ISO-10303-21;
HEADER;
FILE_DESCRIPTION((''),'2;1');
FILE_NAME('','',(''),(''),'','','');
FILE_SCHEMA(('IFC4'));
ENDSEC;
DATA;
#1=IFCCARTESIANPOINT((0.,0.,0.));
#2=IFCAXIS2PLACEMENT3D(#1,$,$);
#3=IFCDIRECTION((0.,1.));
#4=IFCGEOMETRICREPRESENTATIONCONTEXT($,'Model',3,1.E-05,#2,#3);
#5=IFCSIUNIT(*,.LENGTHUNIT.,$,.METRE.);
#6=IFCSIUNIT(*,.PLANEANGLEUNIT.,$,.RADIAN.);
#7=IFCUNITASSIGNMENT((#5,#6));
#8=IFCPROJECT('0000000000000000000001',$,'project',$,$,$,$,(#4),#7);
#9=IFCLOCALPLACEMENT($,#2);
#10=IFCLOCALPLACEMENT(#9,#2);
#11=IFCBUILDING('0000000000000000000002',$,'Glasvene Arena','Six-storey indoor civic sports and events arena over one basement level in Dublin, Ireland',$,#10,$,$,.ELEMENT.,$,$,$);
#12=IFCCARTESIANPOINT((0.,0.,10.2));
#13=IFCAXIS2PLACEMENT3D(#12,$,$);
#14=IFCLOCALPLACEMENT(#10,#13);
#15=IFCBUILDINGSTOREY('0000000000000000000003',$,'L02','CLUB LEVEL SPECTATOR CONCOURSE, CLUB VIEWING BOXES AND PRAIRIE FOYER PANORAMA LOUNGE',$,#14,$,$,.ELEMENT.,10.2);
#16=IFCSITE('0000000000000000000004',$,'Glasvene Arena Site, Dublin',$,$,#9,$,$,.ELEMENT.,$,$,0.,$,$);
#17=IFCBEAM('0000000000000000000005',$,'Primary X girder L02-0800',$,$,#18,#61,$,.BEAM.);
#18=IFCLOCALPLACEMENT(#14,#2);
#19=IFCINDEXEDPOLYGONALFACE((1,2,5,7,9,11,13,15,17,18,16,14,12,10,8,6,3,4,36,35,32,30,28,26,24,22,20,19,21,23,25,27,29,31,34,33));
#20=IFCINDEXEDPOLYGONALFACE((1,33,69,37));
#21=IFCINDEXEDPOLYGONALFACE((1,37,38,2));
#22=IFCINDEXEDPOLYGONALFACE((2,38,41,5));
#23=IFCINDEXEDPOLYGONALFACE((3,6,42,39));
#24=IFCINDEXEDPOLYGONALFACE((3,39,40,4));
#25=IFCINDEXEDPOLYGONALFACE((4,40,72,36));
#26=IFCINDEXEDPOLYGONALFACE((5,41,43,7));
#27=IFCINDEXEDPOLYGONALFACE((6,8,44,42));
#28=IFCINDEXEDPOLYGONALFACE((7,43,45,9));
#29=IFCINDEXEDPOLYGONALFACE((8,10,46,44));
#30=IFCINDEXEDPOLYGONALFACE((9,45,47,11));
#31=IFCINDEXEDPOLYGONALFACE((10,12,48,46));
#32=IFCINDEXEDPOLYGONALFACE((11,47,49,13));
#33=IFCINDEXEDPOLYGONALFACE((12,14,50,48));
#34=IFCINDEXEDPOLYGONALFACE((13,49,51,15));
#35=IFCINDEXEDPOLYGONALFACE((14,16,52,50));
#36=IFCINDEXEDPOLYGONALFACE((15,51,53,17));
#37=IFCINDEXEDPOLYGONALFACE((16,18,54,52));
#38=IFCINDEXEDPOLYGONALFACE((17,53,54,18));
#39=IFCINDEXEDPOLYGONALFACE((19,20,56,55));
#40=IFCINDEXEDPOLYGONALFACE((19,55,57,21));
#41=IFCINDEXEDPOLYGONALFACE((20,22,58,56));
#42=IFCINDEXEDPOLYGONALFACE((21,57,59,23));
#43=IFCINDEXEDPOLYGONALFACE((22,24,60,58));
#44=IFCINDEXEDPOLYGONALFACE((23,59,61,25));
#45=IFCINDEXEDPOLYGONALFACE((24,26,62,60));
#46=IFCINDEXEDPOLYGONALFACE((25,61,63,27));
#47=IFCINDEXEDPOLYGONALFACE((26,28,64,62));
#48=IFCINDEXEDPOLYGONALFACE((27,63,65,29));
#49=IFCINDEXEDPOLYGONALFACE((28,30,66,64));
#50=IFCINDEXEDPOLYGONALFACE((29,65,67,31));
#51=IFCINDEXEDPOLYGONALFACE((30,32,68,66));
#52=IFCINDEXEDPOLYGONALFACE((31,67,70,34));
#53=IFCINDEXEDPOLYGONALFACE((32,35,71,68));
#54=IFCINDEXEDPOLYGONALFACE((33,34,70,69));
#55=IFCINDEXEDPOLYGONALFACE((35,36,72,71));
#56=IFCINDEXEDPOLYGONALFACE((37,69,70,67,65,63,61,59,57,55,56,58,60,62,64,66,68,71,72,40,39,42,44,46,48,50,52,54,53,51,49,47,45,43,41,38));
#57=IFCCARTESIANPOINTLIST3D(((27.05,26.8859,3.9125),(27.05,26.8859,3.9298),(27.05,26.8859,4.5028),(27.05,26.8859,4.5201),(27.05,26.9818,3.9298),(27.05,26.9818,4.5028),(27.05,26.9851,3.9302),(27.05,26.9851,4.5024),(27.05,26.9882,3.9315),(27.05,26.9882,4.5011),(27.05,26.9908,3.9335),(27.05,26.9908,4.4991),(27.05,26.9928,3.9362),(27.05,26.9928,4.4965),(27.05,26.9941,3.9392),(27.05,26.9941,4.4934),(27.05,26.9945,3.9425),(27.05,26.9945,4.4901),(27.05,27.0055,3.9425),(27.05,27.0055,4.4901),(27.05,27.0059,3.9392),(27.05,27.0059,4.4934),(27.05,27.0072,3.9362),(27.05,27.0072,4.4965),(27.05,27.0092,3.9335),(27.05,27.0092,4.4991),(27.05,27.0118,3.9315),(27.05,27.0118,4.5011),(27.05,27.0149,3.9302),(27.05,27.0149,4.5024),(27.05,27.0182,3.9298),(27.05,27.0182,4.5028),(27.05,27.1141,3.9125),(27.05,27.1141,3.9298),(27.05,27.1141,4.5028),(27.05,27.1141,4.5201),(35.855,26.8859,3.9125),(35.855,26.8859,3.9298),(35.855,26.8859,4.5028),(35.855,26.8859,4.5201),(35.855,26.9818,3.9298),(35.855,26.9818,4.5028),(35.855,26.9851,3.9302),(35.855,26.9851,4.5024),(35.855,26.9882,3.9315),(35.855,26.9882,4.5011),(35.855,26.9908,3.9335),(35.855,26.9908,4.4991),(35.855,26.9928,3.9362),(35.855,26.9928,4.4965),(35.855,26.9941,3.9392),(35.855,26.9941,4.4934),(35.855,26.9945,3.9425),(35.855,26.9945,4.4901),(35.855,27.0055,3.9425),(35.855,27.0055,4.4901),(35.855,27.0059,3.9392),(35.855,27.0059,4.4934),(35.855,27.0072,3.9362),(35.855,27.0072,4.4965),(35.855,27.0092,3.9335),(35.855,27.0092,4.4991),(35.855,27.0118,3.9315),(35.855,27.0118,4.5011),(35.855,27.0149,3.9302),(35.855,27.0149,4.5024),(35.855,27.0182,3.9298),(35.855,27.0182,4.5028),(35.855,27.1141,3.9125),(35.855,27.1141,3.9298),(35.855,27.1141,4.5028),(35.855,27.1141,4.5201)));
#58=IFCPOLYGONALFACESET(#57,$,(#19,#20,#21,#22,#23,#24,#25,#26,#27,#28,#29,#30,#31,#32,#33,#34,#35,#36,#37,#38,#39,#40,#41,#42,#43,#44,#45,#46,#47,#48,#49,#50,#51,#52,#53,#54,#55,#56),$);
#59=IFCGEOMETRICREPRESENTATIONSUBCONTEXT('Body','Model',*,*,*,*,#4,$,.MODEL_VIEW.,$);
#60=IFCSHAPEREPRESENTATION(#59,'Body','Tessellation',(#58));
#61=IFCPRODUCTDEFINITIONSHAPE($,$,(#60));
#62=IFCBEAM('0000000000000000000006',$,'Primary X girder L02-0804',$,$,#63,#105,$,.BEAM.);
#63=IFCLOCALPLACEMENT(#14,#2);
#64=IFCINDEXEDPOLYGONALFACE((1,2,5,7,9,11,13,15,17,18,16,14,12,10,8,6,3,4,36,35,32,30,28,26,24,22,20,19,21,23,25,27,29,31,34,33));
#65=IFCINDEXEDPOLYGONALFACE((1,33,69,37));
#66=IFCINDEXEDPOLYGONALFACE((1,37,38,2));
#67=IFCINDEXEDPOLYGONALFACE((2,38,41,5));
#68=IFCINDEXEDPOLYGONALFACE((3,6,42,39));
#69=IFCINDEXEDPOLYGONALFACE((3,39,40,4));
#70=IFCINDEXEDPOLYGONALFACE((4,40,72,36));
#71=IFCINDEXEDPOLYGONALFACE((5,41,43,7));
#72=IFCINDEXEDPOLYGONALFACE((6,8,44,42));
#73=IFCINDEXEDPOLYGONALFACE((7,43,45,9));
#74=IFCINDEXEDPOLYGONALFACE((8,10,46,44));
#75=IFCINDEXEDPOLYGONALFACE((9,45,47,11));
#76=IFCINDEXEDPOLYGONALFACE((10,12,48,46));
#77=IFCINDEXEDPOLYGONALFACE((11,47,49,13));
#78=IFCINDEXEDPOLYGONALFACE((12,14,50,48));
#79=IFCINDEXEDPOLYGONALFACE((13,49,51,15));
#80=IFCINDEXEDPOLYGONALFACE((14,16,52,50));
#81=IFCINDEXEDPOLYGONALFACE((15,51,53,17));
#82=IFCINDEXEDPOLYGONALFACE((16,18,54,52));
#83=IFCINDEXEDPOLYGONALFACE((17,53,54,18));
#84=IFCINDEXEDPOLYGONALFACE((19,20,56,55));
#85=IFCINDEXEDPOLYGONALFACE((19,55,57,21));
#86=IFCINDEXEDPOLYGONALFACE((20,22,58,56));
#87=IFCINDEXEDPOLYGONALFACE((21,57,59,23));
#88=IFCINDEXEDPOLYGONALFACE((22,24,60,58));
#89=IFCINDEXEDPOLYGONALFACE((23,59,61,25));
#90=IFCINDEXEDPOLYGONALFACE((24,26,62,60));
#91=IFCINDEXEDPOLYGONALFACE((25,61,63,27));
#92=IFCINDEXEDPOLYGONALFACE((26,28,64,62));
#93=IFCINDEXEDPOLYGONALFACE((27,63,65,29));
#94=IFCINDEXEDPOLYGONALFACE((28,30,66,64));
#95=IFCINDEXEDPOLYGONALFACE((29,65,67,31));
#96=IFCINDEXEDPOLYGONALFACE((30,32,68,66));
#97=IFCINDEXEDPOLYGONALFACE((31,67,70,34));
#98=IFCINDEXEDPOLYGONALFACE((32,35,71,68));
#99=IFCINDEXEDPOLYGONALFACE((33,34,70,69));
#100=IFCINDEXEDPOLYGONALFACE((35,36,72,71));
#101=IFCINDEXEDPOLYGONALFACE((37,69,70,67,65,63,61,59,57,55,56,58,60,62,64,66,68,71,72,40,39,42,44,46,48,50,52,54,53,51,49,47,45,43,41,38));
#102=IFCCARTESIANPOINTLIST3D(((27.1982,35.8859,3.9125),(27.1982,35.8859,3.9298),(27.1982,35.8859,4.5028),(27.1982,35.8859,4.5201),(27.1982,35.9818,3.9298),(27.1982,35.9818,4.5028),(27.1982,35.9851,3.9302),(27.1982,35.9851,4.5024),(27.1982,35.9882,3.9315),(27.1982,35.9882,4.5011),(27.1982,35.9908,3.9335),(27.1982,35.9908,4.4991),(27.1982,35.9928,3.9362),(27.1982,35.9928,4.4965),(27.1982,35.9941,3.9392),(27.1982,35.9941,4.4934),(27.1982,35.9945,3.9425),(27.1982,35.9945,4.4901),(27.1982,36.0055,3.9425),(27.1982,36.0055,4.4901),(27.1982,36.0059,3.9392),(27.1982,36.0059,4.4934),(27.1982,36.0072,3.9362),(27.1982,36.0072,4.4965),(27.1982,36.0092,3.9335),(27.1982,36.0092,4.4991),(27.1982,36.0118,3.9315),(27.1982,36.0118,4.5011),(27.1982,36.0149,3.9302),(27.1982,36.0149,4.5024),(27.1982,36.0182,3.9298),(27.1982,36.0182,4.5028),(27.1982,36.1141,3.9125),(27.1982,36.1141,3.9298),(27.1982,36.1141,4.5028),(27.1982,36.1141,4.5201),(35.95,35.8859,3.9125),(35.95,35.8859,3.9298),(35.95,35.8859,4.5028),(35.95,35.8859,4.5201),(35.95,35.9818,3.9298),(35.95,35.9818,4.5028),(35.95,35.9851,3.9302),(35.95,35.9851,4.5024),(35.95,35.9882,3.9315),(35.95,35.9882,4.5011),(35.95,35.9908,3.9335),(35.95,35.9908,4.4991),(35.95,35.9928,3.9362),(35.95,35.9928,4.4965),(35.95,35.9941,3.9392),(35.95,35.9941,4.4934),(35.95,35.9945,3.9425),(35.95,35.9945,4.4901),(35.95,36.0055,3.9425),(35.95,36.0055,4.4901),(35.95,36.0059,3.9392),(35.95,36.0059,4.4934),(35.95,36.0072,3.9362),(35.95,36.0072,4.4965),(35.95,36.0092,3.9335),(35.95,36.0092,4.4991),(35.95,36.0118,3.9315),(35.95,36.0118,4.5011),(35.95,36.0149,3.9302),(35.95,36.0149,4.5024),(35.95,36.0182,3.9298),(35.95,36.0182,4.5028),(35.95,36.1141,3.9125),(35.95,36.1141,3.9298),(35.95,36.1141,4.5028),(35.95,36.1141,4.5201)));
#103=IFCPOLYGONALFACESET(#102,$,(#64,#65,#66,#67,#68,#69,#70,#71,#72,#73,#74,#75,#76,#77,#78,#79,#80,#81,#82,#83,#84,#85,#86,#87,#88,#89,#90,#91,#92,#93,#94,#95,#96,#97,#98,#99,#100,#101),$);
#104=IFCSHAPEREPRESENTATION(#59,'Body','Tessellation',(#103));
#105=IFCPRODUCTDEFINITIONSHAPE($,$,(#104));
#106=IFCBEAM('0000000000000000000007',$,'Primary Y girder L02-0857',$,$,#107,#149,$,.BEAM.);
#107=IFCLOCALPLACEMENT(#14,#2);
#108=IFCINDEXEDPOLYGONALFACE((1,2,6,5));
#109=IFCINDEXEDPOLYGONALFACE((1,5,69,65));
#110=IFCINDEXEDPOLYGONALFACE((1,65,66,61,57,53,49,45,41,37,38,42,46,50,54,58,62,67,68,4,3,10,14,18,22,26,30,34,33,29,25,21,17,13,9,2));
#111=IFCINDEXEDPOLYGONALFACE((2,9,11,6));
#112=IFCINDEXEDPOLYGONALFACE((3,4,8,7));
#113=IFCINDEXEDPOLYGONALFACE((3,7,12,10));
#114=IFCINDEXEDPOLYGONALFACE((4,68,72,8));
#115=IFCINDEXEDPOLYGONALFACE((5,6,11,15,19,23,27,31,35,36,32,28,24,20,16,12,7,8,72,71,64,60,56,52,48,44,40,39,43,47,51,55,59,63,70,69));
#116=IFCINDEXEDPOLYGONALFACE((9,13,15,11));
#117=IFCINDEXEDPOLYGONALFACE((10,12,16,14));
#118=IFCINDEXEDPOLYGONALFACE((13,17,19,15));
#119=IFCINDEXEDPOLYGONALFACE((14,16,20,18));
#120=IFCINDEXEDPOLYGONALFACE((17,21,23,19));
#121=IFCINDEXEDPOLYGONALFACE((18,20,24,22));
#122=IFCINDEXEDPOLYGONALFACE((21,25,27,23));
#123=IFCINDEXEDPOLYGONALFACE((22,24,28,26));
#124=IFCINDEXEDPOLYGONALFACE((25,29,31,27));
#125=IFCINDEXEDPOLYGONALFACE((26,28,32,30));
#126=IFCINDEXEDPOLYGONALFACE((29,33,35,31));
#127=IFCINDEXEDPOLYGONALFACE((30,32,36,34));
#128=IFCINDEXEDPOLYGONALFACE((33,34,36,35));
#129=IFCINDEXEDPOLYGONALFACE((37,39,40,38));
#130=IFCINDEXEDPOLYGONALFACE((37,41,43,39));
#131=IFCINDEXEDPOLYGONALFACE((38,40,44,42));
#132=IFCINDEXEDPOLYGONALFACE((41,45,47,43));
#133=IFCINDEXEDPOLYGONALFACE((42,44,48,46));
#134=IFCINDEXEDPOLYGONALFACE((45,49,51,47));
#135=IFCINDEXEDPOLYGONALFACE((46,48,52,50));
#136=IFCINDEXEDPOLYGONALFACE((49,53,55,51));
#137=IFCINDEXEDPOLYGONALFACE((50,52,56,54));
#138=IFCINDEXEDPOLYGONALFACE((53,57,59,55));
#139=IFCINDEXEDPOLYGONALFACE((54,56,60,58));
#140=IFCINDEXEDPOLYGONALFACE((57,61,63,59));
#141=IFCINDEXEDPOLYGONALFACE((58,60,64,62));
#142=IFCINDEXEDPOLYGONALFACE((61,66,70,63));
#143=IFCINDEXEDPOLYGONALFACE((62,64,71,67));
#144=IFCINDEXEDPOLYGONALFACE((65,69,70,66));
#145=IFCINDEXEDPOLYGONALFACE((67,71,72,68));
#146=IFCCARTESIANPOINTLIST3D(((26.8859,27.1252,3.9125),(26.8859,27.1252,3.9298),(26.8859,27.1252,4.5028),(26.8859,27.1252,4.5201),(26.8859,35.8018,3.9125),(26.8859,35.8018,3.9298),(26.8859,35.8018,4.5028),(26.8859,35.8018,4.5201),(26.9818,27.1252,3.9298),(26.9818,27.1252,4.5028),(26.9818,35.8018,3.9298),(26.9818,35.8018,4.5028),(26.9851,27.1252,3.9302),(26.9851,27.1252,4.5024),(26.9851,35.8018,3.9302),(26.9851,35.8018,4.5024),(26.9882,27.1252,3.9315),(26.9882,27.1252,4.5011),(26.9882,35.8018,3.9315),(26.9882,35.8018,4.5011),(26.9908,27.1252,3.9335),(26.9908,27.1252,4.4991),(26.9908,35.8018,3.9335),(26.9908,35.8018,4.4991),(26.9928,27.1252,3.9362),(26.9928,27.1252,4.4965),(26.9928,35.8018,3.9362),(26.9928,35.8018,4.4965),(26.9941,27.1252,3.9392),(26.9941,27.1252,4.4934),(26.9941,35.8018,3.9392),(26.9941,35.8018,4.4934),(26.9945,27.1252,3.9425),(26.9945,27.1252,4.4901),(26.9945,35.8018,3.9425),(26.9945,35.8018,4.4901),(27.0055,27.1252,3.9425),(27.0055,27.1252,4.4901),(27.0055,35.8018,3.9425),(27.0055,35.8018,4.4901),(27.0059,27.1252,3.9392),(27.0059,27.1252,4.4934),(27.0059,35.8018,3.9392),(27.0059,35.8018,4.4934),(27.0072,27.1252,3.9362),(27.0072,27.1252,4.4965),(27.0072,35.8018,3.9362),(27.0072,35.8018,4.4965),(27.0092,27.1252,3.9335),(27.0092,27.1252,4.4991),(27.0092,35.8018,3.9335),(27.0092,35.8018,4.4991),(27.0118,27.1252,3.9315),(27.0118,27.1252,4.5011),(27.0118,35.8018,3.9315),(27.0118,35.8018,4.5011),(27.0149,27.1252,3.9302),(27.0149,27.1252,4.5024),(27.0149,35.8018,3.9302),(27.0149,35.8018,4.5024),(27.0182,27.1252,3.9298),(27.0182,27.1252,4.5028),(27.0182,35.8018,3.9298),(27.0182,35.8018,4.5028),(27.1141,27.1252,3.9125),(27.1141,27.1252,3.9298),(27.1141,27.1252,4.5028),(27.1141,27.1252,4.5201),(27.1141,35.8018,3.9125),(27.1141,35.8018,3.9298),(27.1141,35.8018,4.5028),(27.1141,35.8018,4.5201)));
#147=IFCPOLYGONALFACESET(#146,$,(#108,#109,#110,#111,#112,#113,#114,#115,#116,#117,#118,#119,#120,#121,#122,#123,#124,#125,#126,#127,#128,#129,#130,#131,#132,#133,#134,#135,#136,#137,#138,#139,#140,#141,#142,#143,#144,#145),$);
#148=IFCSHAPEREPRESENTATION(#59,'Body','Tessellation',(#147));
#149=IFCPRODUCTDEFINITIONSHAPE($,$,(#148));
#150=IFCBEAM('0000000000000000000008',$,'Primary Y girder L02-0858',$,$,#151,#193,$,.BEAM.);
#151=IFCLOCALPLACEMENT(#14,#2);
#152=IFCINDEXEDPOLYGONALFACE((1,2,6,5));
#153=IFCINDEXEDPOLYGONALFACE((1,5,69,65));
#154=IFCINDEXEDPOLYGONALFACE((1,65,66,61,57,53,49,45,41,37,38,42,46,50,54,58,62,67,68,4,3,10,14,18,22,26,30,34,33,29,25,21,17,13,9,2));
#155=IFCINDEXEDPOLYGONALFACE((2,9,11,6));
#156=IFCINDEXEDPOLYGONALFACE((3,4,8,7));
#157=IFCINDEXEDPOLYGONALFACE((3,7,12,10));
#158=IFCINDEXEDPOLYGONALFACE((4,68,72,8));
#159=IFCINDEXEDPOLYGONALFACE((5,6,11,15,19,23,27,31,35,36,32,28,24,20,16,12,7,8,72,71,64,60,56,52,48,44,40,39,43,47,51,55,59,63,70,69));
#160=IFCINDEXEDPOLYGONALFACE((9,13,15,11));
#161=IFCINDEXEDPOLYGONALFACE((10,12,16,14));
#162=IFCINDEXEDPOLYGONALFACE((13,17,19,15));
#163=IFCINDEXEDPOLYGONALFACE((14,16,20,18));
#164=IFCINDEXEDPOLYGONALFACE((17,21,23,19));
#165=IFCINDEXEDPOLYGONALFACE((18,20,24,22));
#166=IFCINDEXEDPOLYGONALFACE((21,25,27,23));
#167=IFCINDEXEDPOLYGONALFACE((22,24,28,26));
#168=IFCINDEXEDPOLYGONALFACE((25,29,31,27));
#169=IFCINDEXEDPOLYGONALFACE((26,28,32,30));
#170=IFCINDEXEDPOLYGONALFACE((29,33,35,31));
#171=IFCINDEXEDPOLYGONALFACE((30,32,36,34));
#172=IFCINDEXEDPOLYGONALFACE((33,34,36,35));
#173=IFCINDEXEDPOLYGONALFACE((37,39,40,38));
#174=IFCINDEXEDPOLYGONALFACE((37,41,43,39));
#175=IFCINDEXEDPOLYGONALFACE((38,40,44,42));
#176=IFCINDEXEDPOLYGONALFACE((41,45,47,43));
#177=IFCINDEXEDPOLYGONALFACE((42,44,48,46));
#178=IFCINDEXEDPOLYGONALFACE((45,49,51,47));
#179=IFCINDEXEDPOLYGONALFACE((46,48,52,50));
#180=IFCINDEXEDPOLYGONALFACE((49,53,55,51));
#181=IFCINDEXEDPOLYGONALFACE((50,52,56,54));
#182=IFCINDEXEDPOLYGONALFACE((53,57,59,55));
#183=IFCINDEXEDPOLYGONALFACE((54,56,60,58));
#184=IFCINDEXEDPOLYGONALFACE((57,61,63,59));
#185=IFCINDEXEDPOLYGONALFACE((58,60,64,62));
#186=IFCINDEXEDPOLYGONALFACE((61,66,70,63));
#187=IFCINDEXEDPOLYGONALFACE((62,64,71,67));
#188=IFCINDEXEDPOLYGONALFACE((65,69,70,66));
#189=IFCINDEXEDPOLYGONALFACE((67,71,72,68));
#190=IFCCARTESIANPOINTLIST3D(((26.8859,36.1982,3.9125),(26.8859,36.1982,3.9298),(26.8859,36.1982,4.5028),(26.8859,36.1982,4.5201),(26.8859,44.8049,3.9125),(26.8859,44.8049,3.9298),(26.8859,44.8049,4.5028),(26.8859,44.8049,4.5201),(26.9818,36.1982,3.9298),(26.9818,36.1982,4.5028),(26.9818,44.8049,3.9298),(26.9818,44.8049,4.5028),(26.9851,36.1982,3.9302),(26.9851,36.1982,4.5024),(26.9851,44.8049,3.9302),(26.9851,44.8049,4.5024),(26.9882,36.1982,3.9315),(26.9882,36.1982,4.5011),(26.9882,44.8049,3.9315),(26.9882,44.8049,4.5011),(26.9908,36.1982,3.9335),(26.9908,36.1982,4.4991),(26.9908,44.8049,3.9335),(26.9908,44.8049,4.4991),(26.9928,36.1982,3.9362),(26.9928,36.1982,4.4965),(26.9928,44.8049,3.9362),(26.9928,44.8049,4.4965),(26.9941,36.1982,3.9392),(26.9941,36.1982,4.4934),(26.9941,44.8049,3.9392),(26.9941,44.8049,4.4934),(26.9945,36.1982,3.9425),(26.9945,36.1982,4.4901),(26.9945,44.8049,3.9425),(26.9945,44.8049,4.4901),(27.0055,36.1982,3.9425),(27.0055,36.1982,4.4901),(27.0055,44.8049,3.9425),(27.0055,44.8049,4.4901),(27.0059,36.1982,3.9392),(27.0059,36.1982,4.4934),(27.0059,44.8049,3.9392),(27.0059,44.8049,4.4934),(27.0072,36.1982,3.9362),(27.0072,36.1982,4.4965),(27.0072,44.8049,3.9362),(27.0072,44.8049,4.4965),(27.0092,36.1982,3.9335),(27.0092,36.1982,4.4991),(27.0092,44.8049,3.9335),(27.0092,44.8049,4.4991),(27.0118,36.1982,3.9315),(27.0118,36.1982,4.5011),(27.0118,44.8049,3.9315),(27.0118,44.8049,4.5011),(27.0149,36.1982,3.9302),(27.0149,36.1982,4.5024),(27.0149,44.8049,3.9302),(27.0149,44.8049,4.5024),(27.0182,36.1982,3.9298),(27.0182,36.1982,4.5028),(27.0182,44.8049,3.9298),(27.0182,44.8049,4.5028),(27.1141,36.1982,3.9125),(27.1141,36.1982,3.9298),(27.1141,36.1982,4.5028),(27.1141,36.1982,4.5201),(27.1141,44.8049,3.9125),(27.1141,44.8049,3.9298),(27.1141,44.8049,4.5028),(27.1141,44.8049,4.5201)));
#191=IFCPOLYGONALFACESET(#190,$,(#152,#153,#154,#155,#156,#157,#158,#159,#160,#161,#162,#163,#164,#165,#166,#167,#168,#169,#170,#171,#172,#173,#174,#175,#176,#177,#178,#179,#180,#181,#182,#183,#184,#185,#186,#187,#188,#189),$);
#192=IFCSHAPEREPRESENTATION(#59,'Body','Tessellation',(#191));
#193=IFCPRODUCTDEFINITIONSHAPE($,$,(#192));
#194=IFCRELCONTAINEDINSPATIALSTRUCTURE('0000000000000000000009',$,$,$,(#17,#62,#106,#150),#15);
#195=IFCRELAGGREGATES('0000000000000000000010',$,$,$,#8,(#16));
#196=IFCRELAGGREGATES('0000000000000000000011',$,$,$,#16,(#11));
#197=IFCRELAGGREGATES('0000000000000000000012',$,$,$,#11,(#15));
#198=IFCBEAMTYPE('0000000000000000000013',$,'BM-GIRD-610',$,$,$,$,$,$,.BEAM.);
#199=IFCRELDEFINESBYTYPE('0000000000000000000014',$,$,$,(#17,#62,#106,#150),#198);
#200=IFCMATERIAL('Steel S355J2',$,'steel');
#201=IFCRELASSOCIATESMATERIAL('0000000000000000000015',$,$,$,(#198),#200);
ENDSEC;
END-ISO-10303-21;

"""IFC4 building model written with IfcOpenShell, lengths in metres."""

from ifc_helpers import new_model, si_unit, direction, frame, origin, origin_2d, place, context, subcontext, project, spatial, i_section, extrude, material, material_profile, profile_set, type_object, element, save


model = new_model("IFC4")

# Units and contexts
model_context = context("Model", 3, precision=1e-05, world=origin(), true_north=direction((0.0, 1.0)))
body_context = subcontext(model_context, "Body", "Model", "MODEL_VIEW")
ifc_project = project(units=[si_unit("LENGTHUNIT", "METRE"), si_unit("PLANEANGLEUNIT", "RADIAN")], contexts=[model_context])

# Site, building, storey
site_placement = place(None, origin())
site = spatial("IfcSite", under=ifc_project, at=site_placement, Name="Glasvene Arena Site, Dublin", CompositionType="ELEMENT", RefElevation=0.0)
building_placement = place(site_placement, origin())
building = spatial("IfcBuilding", under=site, at=building_placement, Name="Glasvene Arena", Description="Six-storey indoor civic sports and events arena over one basement level in Dublin, Ireland", CompositionType="ELEMENT")
storey_placement = place(building_placement, frame((0.0, 0.0, 10.2)))
storey = spatial("IfcBuildingStorey", under=building, at=storey_placement, Name="L02", Description="CLUB LEVEL SPECTATOR CONCOURSE, CLUB VIEWING BOXES AND PRAIRIE FOYER PANORAMA LOUNGE", CompositionType="ELEMENT", Elevation=10.2)

# Shared definitions
ifc_material_1 = material(Name="Steel S355J2", Category="steel")

# Beams
ifc_material_profile_1 = material_profile(ifc_material_1, i_section(OverallWidth=0.2283, OverallDepth=0.6077, WebThickness=0.011, FlangeThickness=0.0173, FilletRadius=0.0127, at=origin_2d()), Name="UKB 610x229x113")
ifc_profile_set_1 = profile_set([ifc_material_profile_1], Name="Steel S355J2")
beam_type_1 = type_object("IfcBeamType", Name="BM-GIRD-610", PredefinedType="BEAM", material=ifc_profile_set_1)
for number, where, z_axis, x_axis, name in (
    (1, (27.05, 27.0, 4.2163), (1.0, 0.0, 0.0), (0.0, 1.0, 0.0), "Primary X girder L02-0800"),
):
    element("IfcBeam", number, at=place(storey_placement, frame(where, z_axis=z_axis, x_axis=x_axis)), inside=storey, type_object=beam_type_1, Name=name, PredefinedType="BEAM", context=body_context, shape_type="SweptSolid", body=[
        extrude(i_section(OverallWidth=0.2283, OverallDepth=0.6077, WebThickness=0.011, FlangeThickness=0.0173, FilletRadius=0.0127, at=origin_2d()), origin(), (0.0, 0.0, 1.0), 8.8049),
    ])
beam_1_placement = place(storey_placement, frame((27.1982, 36.0, 4.2163), z_axis=(1.0, 0.0, 0.0), x_axis=(0.0, 1.0, 0.0)))
element("IfcBeam", 2, at=beam_1_placement, inside=storey, type_object=beam_type_1, Name="Primary X girder L02-0804", PredefinedType="BEAM", context=body_context, shape_type="SweptSolid", body=[
    extrude(i_section(OverallWidth=0.2283, OverallDepth=0.6077, WebThickness=0.011, FlangeThickness=0.0173, FilletRadius=0.0127, at=origin_2d()), origin(), (0.0, 0.0, 1.0), 8.7517),
])
beam_2_placement = place(storey_placement, frame((27.0, 27.1252, 4.2163), z_axis=(0.0, 1.0, 0.0), x_axis=(-1.0, 0.0, 0.0)))
element("IfcBeam", 3, at=beam_2_placement, inside=storey, type_object=beam_type_1, Name="Primary Y girder L02-0857", PredefinedType="BEAM", context=body_context, shape_type="SweptSolid", body=[
    extrude(i_section(OverallWidth=0.2283, OverallDepth=0.6077, WebThickness=0.011, FlangeThickness=0.0173, FilletRadius=0.0127, at=origin_2d()), origin(), (0.0, 0.0, 1.0), 8.6765),
])
beam_3_placement = place(storey_placement, frame((27.0, 36.1982, 4.2163), z_axis=(0.0, 1.0, 0.0), x_axis=(-1.0, 0.0, 0.0)))
element("IfcBeam", 4, at=beam_3_placement, inside=storey, type_object=beam_type_1, Name="Primary Y girder L02-0858", PredefinedType="BEAM", context=body_context, shape_type="SweptSolid", body=[
    extrude(i_section(OverallWidth=0.2283, OverallDepth=0.6077, WebThickness=0.011, FlangeThickness=0.0173, FilletRadius=0.0127, at=origin_2d()), origin(), (0.0, 0.0, 1.0), 8.6067),
])

save(model, "model.ifc")
